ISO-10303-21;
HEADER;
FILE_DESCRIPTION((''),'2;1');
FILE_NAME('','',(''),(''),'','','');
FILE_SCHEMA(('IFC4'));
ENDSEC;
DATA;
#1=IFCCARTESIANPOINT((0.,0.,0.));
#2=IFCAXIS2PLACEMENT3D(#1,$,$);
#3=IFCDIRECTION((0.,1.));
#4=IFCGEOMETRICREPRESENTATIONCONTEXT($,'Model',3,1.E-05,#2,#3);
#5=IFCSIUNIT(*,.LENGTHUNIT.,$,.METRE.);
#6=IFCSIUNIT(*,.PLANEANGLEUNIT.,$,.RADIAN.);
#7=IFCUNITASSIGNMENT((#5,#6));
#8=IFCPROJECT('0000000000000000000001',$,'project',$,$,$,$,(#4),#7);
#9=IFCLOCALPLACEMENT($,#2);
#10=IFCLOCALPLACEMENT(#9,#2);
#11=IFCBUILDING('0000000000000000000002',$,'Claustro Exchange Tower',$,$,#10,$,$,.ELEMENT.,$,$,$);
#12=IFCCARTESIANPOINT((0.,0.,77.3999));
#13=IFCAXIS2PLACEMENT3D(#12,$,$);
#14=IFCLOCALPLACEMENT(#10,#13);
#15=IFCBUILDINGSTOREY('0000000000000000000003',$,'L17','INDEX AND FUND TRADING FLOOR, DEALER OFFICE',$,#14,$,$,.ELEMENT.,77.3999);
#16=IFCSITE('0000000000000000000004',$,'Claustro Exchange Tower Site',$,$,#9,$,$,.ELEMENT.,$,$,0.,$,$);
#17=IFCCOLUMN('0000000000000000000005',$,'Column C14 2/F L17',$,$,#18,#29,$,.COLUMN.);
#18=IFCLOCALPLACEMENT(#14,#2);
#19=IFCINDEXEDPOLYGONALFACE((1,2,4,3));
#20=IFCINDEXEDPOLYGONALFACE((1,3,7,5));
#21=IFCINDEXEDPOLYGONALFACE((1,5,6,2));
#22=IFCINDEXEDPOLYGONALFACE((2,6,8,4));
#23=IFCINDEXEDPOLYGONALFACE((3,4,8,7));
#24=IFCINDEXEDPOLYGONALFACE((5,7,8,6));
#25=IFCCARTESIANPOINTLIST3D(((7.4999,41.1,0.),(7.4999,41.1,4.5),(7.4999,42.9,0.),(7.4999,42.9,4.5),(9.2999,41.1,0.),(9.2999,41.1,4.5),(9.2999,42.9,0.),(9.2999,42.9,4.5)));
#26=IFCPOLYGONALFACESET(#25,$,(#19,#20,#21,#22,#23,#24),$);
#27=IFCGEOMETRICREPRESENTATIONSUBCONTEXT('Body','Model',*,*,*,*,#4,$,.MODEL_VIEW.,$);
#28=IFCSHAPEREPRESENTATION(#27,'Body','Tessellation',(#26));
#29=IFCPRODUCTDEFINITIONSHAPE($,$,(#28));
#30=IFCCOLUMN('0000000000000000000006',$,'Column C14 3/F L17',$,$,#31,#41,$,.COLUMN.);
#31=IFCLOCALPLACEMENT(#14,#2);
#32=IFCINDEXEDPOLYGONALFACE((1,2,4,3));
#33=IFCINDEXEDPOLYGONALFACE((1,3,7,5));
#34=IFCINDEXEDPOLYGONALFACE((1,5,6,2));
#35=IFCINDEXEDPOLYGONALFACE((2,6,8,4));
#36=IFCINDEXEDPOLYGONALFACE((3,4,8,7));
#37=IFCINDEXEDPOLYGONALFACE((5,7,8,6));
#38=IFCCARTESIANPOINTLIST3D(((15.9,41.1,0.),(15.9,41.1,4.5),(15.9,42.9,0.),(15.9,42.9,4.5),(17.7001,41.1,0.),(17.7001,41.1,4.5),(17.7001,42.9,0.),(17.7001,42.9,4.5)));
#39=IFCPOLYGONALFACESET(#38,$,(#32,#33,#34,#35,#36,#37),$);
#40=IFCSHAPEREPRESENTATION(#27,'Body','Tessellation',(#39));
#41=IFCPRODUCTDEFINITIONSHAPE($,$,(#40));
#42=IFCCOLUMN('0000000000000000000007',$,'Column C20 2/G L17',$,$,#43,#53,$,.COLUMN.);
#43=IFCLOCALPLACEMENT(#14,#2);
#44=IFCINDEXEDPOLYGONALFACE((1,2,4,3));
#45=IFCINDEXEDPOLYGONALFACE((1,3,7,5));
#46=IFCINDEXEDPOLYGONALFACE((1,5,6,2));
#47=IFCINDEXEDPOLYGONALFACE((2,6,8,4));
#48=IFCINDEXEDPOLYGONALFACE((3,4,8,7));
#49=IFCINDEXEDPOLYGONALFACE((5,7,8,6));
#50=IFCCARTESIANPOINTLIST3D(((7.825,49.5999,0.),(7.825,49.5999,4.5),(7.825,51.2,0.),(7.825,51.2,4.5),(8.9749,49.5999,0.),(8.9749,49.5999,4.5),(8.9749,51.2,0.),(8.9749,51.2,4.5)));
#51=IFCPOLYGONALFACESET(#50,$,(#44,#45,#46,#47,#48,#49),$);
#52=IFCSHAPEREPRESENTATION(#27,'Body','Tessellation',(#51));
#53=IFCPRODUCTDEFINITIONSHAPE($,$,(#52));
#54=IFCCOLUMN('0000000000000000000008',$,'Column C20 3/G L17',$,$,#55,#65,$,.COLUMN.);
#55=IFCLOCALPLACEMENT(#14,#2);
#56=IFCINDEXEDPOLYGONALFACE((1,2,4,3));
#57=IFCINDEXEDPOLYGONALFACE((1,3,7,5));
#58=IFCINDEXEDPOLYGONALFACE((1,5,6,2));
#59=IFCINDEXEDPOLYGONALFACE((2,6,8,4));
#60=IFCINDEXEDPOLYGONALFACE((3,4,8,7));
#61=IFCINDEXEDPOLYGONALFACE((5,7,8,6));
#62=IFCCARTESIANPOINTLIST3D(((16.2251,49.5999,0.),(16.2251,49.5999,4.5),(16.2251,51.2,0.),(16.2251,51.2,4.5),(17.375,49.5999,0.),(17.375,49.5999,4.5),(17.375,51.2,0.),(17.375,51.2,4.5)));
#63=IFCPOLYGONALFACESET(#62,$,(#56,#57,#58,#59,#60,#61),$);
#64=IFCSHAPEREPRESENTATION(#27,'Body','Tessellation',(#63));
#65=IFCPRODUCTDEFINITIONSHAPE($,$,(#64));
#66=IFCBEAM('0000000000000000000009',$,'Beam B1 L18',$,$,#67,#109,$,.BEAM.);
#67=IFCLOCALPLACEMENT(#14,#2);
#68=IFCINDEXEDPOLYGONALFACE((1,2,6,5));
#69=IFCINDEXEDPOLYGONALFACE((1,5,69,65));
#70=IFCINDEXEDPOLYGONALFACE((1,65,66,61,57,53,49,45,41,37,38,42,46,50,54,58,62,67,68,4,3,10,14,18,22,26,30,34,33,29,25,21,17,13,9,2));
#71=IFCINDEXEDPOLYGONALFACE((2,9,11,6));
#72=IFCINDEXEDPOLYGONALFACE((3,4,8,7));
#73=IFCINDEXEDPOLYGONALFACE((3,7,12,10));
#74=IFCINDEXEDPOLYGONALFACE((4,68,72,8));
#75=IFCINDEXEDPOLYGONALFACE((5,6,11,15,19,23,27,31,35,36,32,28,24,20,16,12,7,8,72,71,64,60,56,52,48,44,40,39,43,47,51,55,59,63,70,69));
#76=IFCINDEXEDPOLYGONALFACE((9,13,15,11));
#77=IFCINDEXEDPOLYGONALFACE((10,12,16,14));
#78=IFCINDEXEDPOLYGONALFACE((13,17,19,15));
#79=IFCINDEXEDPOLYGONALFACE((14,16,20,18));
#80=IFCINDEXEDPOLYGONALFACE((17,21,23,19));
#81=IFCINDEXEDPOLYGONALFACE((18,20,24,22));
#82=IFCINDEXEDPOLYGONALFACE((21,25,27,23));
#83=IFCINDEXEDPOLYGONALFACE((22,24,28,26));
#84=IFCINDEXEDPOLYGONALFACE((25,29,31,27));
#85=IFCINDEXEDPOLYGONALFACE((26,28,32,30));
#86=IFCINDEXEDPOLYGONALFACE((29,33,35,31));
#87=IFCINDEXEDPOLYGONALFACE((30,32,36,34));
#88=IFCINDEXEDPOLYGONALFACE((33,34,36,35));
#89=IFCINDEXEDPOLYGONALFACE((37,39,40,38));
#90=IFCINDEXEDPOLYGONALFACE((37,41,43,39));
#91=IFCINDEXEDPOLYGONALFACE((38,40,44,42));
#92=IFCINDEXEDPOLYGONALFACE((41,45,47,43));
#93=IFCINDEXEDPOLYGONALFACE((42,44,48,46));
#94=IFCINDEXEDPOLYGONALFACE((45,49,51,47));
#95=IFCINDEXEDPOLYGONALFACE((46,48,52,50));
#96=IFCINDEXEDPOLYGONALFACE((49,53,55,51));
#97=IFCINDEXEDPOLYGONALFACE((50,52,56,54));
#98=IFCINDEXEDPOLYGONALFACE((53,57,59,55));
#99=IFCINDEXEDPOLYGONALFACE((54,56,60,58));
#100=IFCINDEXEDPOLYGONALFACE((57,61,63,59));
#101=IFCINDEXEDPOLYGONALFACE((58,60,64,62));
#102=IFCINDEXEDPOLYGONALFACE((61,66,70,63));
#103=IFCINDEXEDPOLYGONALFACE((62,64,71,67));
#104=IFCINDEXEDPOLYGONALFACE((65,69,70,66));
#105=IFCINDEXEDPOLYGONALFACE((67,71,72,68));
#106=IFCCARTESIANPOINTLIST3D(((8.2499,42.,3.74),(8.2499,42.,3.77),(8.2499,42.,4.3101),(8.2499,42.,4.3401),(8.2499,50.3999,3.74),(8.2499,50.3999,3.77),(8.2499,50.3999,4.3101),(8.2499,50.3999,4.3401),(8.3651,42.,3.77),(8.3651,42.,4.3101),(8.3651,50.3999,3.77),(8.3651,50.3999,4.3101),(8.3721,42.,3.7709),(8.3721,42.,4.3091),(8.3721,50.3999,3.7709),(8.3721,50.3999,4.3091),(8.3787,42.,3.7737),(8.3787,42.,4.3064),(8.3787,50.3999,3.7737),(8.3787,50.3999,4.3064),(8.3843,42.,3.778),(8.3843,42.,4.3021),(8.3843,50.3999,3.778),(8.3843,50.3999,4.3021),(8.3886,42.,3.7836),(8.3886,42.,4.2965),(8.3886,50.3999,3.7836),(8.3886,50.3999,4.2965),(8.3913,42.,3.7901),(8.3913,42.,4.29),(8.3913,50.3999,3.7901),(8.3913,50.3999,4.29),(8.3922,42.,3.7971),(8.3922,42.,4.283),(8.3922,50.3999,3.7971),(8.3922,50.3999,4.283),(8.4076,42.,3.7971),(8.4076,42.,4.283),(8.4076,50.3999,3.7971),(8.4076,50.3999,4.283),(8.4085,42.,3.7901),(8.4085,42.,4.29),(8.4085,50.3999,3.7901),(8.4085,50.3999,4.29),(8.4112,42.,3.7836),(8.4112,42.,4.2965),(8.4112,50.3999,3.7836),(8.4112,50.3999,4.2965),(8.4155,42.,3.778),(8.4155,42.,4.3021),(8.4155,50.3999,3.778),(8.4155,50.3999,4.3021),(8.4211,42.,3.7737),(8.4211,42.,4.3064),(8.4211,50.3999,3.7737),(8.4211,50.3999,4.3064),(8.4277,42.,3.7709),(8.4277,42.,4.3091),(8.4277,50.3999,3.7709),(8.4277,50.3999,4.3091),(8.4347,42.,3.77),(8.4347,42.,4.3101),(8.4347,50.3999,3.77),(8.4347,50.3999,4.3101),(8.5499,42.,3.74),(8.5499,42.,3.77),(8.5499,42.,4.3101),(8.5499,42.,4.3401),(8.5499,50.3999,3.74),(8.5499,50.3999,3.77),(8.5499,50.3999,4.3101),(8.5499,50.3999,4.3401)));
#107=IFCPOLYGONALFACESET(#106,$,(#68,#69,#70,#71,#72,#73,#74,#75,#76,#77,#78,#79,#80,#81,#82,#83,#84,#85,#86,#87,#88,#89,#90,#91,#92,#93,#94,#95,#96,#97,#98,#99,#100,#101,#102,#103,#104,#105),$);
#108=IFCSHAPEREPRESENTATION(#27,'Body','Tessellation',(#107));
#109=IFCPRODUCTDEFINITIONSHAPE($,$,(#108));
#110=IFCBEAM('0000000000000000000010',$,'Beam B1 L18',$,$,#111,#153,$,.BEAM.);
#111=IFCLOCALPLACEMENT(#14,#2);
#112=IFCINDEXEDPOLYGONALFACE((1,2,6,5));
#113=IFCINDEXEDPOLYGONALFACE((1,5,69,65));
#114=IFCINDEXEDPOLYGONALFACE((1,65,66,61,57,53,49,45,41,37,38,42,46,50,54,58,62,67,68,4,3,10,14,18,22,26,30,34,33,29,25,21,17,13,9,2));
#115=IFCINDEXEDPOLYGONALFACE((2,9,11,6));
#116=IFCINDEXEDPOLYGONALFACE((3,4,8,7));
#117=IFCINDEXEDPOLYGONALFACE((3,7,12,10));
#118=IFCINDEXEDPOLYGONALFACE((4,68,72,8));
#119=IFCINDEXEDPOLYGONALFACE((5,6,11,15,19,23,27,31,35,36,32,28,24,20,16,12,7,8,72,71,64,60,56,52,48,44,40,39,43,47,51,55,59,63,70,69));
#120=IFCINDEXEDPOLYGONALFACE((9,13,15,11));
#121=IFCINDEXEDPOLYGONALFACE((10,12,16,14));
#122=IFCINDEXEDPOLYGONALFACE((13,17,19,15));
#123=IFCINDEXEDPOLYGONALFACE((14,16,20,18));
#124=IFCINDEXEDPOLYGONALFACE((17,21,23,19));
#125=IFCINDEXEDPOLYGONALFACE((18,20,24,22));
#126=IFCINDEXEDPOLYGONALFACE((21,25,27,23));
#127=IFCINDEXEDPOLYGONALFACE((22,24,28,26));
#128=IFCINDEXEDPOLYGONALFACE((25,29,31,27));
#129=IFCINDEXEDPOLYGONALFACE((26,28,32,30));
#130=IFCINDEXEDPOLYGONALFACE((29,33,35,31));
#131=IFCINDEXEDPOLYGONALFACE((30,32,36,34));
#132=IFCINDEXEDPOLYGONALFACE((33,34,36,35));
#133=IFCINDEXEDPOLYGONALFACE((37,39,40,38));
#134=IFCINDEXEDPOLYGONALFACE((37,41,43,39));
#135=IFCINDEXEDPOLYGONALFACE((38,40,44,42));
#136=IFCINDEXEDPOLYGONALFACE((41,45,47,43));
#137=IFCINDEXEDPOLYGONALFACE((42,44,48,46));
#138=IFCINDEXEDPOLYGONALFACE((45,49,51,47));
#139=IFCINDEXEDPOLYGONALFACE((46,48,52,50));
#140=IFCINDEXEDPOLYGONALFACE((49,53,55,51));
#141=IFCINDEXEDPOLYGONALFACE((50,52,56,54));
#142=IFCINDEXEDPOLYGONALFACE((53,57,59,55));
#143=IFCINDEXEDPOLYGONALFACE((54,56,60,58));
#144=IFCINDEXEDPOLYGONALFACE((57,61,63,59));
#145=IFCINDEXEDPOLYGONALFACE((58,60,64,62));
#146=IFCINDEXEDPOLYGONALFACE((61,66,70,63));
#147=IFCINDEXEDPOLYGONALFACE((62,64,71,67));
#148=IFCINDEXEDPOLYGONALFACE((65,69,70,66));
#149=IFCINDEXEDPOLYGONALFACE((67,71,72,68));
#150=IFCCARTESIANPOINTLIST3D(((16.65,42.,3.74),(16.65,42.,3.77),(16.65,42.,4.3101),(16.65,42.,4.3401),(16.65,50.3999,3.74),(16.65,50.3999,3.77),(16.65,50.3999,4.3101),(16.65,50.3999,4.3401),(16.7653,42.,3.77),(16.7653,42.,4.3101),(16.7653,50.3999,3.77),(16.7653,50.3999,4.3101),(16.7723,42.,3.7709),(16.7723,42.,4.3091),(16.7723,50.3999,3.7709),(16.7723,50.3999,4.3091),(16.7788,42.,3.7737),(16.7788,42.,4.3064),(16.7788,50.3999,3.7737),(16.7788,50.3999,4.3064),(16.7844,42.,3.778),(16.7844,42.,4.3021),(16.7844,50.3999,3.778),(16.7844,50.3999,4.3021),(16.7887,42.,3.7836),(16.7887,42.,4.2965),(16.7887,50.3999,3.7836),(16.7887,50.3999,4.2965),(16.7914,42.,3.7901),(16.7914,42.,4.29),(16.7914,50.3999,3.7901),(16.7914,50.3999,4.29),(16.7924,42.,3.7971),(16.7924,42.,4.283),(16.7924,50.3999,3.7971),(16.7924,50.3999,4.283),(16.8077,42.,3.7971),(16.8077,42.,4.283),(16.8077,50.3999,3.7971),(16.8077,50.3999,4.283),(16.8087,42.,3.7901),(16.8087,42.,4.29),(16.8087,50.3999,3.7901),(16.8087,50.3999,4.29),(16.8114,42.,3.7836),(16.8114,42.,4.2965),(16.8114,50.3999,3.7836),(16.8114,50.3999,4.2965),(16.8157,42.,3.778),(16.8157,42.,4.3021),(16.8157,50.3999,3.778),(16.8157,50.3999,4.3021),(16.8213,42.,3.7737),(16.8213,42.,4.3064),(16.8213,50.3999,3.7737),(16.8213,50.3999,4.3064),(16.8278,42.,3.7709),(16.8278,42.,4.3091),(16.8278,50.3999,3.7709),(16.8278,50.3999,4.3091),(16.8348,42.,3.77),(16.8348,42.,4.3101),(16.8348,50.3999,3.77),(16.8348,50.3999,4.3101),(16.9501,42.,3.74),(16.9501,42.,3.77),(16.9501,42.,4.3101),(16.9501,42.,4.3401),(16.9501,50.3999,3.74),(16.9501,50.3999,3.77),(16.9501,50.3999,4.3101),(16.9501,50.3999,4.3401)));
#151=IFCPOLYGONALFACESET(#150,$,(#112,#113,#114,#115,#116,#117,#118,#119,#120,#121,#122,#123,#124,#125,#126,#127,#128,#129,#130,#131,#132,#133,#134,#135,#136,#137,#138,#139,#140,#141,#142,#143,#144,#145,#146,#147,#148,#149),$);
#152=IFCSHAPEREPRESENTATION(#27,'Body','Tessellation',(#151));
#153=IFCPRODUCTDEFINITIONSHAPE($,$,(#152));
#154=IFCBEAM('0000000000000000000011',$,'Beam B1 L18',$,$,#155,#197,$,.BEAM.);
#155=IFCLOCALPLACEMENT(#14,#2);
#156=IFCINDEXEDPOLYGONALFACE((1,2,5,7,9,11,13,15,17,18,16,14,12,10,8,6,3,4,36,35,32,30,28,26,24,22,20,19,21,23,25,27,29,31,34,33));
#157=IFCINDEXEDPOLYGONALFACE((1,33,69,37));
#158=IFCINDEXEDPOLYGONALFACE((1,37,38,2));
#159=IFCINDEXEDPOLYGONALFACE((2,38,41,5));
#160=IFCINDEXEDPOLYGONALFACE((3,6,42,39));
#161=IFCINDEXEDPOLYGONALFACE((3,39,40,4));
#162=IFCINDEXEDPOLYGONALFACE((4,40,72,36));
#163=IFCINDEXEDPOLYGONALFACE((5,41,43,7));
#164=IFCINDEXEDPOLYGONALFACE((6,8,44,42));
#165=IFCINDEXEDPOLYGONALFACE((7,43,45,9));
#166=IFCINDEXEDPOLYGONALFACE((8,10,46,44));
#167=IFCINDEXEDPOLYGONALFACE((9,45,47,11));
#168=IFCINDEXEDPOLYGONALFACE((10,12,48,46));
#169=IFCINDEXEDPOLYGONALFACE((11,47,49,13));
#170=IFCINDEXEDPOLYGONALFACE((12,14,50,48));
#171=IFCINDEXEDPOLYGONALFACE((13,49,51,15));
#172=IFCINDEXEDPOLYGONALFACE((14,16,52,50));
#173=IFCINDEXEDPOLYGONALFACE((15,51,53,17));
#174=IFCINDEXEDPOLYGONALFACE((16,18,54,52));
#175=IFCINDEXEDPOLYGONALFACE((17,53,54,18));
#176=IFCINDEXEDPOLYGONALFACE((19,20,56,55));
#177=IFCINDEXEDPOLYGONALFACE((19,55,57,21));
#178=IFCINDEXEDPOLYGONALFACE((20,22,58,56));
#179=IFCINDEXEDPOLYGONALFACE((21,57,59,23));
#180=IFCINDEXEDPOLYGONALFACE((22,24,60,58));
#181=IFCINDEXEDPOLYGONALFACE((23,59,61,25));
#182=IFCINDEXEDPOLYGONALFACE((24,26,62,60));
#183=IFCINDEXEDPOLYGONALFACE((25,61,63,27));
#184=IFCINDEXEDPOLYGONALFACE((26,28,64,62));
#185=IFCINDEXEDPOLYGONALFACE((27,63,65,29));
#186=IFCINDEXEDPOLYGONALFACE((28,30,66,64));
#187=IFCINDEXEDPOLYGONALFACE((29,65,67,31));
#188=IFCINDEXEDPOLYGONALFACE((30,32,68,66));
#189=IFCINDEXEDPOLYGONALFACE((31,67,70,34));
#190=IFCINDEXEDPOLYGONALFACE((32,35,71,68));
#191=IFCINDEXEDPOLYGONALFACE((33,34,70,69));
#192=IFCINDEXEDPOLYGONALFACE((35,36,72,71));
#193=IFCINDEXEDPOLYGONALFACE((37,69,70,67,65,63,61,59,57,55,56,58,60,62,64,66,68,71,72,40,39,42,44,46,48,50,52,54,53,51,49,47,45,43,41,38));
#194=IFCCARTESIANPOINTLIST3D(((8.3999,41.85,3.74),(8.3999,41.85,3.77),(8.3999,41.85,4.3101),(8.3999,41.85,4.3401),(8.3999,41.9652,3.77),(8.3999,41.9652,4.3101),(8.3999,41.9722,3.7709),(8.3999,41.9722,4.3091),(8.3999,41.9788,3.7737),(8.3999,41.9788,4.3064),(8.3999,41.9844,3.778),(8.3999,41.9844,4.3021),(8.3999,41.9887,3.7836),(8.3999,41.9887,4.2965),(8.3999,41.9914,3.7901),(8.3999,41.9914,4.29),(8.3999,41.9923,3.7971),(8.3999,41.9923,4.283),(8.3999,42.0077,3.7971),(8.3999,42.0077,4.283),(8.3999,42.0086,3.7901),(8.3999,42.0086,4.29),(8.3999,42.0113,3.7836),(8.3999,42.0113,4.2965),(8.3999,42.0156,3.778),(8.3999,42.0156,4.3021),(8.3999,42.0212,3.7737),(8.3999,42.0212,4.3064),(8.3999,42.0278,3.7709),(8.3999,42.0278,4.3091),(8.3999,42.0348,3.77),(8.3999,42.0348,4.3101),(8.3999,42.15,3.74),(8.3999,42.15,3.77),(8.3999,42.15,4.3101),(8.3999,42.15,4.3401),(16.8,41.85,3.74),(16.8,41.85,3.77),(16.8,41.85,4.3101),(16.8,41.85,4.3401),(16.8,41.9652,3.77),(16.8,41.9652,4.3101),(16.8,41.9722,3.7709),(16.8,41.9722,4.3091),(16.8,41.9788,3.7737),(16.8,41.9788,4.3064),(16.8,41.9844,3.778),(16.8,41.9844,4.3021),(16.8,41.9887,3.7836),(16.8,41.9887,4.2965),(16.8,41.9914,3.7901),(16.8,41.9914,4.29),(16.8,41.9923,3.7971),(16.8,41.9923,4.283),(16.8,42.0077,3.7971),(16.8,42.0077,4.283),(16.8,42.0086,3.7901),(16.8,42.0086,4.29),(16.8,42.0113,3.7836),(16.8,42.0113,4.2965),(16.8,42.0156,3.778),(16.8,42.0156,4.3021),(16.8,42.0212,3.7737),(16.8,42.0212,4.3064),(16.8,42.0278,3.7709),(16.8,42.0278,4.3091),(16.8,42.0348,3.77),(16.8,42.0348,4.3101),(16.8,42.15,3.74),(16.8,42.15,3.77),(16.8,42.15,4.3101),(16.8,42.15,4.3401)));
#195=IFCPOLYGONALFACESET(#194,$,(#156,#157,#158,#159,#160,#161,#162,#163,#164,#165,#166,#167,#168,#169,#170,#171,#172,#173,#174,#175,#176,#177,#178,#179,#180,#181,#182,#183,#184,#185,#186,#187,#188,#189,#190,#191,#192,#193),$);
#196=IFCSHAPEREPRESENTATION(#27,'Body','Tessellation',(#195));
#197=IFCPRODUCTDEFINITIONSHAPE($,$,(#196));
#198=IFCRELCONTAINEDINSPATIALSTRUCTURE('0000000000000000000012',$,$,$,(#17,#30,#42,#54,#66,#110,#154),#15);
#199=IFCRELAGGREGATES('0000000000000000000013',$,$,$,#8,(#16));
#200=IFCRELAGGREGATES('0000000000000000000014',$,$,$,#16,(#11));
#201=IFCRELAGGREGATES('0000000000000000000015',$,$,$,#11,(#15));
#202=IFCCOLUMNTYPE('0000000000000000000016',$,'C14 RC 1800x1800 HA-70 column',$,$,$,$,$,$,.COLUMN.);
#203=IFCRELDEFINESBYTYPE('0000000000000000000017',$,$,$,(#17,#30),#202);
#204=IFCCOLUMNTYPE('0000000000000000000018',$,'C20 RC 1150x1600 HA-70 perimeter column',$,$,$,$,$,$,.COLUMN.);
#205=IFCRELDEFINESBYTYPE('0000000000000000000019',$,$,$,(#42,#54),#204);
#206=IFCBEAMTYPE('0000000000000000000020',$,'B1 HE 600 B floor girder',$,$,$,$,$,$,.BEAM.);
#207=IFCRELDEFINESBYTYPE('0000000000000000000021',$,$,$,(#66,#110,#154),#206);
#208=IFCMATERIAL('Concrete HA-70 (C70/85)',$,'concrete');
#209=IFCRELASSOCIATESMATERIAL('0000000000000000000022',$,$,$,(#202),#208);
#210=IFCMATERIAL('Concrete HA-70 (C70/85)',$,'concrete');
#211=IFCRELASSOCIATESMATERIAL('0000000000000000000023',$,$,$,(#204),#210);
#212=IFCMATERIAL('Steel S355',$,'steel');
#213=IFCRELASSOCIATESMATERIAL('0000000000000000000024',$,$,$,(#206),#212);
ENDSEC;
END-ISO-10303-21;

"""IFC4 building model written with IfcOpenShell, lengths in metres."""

from ifc_helpers import new_model, si_unit, direction, frame, origin, origin_2d, place, context, subcontext, project, spatial, rectangle, i_section, extrude, material, material_profile, profile_set, type_object, element, save


model = new_model("IFC4")

# Units and contexts
model_context = context("Model", 3, precision=1e-05, world=origin(), true_north=direction((0.0, 1.0)))
body_context = subcontext(model_context, "Body", "Model", "MODEL_VIEW")
ifc_project = project(units=[si_unit("LENGTHUNIT", "METRE"), si_unit("PLANEANGLEUNIT", "RADIAN")], contexts=[model_context])

# Site, building, storey
site_placement = place(None, origin())
site = spatial("IfcSite", under=ifc_project, at=site_placement, Name="Claustro Exchange Tower Site", CompositionType="ELEMENT", RefElevation=0.0)
building_placement = place(site_placement, origin())
building = spatial("IfcBuilding", under=site, at=building_placement, Name="Claustro Exchange Tower", CompositionType="ELEMENT")
storey_placement = place(building_placement, frame((0.0, 0.0, 77.3999)))
storey = spatial("IfcBuildingStorey", under=building, at=storey_placement, Name="L17", Description="INDEX AND FUND TRADING FLOOR, DEALER OFFICE", CompositionType="ELEMENT", Elevation=77.3999)

# Columns
ifc_material_1 = material(Name="Concrete HA-70 (C70/85)", Category="concrete")
ifc_material_profile_1 = material_profile(ifc_material_1, rectangle(XDim=1.8, YDim=1.8, at=origin_2d()), Name="RC 1800x1800")
ifc_profile_set_1 = profile_set([ifc_material_profile_1], Name="Concrete HA-70 (C70/85)")
column_type_1 = type_object("IfcColumnType", Name="C14 RC 1800x1800 HA-70 column", PredefinedType="COLUMN", material=ifc_profile_set_1)
for number, where, z_axis, x_axis, name in (
    (1, (8.3999, 42.0, 0.0), (0.0, 0.0, 1.0), (1.0, 0.0, 0.0), "Column C14 2/F L17"),
    (2, (16.8, 42.0, 0.0), (0.0, 0.0, 1.0), (1.0, 0.0, 0.0), "Column C14 3/F L17"),
):
    element("IfcColumn", number, at=place(storey_placement, frame(where, z_axis=z_axis, x_axis=x_axis)), inside=storey, type_object=column_type_1, Name=name, PredefinedType="COLUMN", context=body_context, shape_type="SweptSolid", body=[
        extrude(rectangle(XDim=1.8, YDim=1.8, at=origin_2d()), origin(), (0.0, 0.0, 1.0), 4.5),
    ])
ifc_material_2 = material(Name="Concrete HA-70 (C70/85)", Category="concrete")
ifc_material_profile_2 = material_profile(ifc_material_2, rectangle(XDim=1.1499, YDim=1.6001, at=origin_2d()), Name="RC 1150x1600")
ifc_profile_set_2 = profile_set([ifc_material_profile_2], Name="Concrete HA-70 (C70/85)")
column_type_2 = type_object("IfcColumnType", Name="C20 RC 1150x1600 HA-70 perimeter column", PredefinedType="COLUMN", material=ifc_profile_set_2)
for number, where, z_axis, x_axis, name in (
    (3, (8.3999, 50.3999, 0.0), (0.0, 0.0, 1.0), (1.0, 0.0, 0.0), "Column C20 2/G L17"),
    (4, (16.8, 50.3999, 0.0), (0.0, 0.0, 1.0), (1.0, 0.0, 0.0), "Column C20 3/G L17"),
):
    element("IfcColumn", number, at=place(storey_placement, frame(where, z_axis=z_axis, x_axis=x_axis)), inside=storey, type_object=column_type_2, Name=name, PredefinedType="COLUMN", context=body_context, shape_type="SweptSolid", body=[
        extrude(rectangle(XDim=1.1499, YDim=1.6001, at=origin_2d()), origin(), (0.0, 0.0, 1.0), 4.5),
    ])

# Beams
ifc_material_3 = material(Name="Steel S355", Category="steel")
ifc_material_profile_3 = material_profile(ifc_material_3, i_section(OverallWidth=0.3, OverallDepth=0.6001, WebThickness=0.0154, FlangeThickness=0.03, FilletRadius=0.0271, at=origin_2d()), Name="HE 600 B")
ifc_profile_set_3 = profile_set([ifc_material_profile_3], Name="Steel S355")
beam_type_1 = type_object("IfcBeamType", Name="B1 HE 600 B floor girder", PredefinedType="BEAM", material=ifc_profile_set_3)
for number, where, z_axis, x_axis, name in (
    (5, (8.3999, 42.0, 4.04), (0.0, 1.0, 0.0), (-1.0, 0.0, 0.0), "Beam B1 L18"),
    (6, (16.8, 42.0, 4.04), (0.0, 1.0, 0.0), (-1.0, 0.0, 0.0), "Beam B1 L18"),
):
    element("IfcBeam", number, at=place(storey_placement, frame(where, z_axis=z_axis, x_axis=x_axis)), inside=storey, type_object=beam_type_1, Name=name, PredefinedType="BEAM", context=body_context, shape_type="SweptSolid", body=[
        extrude(i_section(OverallWidth=0.3, OverallDepth=0.6001, WebThickness=0.0154, FlangeThickness=0.03, FilletRadius=0.0271, at=origin_2d()), origin(), (0.0, 0.0, 1.0), 8.3999),
    ])
beam_1_placement = place(storey_placement, frame((8.3999, 42.0, 4.04), z_axis=(1.0, 0.0, 0.0), x_axis=(0.0, 1.0, 0.0)))
element("IfcBeam", 7, at=beam_1_placement, inside=storey, type_object=beam_type_1, Name="Beam B1 L18", PredefinedType="BEAM", context=body_context, shape_type="SweptSolid", body=[
    extrude(i_section(OverallWidth=0.3, OverallDepth=0.6001, WebThickness=0.0154, FlangeThickness=0.03, FilletRadius=0.0271, at=origin_2d()), origin(), (0.0, 0.0, 1.0), 8.4001),
])

save(model, "model.ifc")
